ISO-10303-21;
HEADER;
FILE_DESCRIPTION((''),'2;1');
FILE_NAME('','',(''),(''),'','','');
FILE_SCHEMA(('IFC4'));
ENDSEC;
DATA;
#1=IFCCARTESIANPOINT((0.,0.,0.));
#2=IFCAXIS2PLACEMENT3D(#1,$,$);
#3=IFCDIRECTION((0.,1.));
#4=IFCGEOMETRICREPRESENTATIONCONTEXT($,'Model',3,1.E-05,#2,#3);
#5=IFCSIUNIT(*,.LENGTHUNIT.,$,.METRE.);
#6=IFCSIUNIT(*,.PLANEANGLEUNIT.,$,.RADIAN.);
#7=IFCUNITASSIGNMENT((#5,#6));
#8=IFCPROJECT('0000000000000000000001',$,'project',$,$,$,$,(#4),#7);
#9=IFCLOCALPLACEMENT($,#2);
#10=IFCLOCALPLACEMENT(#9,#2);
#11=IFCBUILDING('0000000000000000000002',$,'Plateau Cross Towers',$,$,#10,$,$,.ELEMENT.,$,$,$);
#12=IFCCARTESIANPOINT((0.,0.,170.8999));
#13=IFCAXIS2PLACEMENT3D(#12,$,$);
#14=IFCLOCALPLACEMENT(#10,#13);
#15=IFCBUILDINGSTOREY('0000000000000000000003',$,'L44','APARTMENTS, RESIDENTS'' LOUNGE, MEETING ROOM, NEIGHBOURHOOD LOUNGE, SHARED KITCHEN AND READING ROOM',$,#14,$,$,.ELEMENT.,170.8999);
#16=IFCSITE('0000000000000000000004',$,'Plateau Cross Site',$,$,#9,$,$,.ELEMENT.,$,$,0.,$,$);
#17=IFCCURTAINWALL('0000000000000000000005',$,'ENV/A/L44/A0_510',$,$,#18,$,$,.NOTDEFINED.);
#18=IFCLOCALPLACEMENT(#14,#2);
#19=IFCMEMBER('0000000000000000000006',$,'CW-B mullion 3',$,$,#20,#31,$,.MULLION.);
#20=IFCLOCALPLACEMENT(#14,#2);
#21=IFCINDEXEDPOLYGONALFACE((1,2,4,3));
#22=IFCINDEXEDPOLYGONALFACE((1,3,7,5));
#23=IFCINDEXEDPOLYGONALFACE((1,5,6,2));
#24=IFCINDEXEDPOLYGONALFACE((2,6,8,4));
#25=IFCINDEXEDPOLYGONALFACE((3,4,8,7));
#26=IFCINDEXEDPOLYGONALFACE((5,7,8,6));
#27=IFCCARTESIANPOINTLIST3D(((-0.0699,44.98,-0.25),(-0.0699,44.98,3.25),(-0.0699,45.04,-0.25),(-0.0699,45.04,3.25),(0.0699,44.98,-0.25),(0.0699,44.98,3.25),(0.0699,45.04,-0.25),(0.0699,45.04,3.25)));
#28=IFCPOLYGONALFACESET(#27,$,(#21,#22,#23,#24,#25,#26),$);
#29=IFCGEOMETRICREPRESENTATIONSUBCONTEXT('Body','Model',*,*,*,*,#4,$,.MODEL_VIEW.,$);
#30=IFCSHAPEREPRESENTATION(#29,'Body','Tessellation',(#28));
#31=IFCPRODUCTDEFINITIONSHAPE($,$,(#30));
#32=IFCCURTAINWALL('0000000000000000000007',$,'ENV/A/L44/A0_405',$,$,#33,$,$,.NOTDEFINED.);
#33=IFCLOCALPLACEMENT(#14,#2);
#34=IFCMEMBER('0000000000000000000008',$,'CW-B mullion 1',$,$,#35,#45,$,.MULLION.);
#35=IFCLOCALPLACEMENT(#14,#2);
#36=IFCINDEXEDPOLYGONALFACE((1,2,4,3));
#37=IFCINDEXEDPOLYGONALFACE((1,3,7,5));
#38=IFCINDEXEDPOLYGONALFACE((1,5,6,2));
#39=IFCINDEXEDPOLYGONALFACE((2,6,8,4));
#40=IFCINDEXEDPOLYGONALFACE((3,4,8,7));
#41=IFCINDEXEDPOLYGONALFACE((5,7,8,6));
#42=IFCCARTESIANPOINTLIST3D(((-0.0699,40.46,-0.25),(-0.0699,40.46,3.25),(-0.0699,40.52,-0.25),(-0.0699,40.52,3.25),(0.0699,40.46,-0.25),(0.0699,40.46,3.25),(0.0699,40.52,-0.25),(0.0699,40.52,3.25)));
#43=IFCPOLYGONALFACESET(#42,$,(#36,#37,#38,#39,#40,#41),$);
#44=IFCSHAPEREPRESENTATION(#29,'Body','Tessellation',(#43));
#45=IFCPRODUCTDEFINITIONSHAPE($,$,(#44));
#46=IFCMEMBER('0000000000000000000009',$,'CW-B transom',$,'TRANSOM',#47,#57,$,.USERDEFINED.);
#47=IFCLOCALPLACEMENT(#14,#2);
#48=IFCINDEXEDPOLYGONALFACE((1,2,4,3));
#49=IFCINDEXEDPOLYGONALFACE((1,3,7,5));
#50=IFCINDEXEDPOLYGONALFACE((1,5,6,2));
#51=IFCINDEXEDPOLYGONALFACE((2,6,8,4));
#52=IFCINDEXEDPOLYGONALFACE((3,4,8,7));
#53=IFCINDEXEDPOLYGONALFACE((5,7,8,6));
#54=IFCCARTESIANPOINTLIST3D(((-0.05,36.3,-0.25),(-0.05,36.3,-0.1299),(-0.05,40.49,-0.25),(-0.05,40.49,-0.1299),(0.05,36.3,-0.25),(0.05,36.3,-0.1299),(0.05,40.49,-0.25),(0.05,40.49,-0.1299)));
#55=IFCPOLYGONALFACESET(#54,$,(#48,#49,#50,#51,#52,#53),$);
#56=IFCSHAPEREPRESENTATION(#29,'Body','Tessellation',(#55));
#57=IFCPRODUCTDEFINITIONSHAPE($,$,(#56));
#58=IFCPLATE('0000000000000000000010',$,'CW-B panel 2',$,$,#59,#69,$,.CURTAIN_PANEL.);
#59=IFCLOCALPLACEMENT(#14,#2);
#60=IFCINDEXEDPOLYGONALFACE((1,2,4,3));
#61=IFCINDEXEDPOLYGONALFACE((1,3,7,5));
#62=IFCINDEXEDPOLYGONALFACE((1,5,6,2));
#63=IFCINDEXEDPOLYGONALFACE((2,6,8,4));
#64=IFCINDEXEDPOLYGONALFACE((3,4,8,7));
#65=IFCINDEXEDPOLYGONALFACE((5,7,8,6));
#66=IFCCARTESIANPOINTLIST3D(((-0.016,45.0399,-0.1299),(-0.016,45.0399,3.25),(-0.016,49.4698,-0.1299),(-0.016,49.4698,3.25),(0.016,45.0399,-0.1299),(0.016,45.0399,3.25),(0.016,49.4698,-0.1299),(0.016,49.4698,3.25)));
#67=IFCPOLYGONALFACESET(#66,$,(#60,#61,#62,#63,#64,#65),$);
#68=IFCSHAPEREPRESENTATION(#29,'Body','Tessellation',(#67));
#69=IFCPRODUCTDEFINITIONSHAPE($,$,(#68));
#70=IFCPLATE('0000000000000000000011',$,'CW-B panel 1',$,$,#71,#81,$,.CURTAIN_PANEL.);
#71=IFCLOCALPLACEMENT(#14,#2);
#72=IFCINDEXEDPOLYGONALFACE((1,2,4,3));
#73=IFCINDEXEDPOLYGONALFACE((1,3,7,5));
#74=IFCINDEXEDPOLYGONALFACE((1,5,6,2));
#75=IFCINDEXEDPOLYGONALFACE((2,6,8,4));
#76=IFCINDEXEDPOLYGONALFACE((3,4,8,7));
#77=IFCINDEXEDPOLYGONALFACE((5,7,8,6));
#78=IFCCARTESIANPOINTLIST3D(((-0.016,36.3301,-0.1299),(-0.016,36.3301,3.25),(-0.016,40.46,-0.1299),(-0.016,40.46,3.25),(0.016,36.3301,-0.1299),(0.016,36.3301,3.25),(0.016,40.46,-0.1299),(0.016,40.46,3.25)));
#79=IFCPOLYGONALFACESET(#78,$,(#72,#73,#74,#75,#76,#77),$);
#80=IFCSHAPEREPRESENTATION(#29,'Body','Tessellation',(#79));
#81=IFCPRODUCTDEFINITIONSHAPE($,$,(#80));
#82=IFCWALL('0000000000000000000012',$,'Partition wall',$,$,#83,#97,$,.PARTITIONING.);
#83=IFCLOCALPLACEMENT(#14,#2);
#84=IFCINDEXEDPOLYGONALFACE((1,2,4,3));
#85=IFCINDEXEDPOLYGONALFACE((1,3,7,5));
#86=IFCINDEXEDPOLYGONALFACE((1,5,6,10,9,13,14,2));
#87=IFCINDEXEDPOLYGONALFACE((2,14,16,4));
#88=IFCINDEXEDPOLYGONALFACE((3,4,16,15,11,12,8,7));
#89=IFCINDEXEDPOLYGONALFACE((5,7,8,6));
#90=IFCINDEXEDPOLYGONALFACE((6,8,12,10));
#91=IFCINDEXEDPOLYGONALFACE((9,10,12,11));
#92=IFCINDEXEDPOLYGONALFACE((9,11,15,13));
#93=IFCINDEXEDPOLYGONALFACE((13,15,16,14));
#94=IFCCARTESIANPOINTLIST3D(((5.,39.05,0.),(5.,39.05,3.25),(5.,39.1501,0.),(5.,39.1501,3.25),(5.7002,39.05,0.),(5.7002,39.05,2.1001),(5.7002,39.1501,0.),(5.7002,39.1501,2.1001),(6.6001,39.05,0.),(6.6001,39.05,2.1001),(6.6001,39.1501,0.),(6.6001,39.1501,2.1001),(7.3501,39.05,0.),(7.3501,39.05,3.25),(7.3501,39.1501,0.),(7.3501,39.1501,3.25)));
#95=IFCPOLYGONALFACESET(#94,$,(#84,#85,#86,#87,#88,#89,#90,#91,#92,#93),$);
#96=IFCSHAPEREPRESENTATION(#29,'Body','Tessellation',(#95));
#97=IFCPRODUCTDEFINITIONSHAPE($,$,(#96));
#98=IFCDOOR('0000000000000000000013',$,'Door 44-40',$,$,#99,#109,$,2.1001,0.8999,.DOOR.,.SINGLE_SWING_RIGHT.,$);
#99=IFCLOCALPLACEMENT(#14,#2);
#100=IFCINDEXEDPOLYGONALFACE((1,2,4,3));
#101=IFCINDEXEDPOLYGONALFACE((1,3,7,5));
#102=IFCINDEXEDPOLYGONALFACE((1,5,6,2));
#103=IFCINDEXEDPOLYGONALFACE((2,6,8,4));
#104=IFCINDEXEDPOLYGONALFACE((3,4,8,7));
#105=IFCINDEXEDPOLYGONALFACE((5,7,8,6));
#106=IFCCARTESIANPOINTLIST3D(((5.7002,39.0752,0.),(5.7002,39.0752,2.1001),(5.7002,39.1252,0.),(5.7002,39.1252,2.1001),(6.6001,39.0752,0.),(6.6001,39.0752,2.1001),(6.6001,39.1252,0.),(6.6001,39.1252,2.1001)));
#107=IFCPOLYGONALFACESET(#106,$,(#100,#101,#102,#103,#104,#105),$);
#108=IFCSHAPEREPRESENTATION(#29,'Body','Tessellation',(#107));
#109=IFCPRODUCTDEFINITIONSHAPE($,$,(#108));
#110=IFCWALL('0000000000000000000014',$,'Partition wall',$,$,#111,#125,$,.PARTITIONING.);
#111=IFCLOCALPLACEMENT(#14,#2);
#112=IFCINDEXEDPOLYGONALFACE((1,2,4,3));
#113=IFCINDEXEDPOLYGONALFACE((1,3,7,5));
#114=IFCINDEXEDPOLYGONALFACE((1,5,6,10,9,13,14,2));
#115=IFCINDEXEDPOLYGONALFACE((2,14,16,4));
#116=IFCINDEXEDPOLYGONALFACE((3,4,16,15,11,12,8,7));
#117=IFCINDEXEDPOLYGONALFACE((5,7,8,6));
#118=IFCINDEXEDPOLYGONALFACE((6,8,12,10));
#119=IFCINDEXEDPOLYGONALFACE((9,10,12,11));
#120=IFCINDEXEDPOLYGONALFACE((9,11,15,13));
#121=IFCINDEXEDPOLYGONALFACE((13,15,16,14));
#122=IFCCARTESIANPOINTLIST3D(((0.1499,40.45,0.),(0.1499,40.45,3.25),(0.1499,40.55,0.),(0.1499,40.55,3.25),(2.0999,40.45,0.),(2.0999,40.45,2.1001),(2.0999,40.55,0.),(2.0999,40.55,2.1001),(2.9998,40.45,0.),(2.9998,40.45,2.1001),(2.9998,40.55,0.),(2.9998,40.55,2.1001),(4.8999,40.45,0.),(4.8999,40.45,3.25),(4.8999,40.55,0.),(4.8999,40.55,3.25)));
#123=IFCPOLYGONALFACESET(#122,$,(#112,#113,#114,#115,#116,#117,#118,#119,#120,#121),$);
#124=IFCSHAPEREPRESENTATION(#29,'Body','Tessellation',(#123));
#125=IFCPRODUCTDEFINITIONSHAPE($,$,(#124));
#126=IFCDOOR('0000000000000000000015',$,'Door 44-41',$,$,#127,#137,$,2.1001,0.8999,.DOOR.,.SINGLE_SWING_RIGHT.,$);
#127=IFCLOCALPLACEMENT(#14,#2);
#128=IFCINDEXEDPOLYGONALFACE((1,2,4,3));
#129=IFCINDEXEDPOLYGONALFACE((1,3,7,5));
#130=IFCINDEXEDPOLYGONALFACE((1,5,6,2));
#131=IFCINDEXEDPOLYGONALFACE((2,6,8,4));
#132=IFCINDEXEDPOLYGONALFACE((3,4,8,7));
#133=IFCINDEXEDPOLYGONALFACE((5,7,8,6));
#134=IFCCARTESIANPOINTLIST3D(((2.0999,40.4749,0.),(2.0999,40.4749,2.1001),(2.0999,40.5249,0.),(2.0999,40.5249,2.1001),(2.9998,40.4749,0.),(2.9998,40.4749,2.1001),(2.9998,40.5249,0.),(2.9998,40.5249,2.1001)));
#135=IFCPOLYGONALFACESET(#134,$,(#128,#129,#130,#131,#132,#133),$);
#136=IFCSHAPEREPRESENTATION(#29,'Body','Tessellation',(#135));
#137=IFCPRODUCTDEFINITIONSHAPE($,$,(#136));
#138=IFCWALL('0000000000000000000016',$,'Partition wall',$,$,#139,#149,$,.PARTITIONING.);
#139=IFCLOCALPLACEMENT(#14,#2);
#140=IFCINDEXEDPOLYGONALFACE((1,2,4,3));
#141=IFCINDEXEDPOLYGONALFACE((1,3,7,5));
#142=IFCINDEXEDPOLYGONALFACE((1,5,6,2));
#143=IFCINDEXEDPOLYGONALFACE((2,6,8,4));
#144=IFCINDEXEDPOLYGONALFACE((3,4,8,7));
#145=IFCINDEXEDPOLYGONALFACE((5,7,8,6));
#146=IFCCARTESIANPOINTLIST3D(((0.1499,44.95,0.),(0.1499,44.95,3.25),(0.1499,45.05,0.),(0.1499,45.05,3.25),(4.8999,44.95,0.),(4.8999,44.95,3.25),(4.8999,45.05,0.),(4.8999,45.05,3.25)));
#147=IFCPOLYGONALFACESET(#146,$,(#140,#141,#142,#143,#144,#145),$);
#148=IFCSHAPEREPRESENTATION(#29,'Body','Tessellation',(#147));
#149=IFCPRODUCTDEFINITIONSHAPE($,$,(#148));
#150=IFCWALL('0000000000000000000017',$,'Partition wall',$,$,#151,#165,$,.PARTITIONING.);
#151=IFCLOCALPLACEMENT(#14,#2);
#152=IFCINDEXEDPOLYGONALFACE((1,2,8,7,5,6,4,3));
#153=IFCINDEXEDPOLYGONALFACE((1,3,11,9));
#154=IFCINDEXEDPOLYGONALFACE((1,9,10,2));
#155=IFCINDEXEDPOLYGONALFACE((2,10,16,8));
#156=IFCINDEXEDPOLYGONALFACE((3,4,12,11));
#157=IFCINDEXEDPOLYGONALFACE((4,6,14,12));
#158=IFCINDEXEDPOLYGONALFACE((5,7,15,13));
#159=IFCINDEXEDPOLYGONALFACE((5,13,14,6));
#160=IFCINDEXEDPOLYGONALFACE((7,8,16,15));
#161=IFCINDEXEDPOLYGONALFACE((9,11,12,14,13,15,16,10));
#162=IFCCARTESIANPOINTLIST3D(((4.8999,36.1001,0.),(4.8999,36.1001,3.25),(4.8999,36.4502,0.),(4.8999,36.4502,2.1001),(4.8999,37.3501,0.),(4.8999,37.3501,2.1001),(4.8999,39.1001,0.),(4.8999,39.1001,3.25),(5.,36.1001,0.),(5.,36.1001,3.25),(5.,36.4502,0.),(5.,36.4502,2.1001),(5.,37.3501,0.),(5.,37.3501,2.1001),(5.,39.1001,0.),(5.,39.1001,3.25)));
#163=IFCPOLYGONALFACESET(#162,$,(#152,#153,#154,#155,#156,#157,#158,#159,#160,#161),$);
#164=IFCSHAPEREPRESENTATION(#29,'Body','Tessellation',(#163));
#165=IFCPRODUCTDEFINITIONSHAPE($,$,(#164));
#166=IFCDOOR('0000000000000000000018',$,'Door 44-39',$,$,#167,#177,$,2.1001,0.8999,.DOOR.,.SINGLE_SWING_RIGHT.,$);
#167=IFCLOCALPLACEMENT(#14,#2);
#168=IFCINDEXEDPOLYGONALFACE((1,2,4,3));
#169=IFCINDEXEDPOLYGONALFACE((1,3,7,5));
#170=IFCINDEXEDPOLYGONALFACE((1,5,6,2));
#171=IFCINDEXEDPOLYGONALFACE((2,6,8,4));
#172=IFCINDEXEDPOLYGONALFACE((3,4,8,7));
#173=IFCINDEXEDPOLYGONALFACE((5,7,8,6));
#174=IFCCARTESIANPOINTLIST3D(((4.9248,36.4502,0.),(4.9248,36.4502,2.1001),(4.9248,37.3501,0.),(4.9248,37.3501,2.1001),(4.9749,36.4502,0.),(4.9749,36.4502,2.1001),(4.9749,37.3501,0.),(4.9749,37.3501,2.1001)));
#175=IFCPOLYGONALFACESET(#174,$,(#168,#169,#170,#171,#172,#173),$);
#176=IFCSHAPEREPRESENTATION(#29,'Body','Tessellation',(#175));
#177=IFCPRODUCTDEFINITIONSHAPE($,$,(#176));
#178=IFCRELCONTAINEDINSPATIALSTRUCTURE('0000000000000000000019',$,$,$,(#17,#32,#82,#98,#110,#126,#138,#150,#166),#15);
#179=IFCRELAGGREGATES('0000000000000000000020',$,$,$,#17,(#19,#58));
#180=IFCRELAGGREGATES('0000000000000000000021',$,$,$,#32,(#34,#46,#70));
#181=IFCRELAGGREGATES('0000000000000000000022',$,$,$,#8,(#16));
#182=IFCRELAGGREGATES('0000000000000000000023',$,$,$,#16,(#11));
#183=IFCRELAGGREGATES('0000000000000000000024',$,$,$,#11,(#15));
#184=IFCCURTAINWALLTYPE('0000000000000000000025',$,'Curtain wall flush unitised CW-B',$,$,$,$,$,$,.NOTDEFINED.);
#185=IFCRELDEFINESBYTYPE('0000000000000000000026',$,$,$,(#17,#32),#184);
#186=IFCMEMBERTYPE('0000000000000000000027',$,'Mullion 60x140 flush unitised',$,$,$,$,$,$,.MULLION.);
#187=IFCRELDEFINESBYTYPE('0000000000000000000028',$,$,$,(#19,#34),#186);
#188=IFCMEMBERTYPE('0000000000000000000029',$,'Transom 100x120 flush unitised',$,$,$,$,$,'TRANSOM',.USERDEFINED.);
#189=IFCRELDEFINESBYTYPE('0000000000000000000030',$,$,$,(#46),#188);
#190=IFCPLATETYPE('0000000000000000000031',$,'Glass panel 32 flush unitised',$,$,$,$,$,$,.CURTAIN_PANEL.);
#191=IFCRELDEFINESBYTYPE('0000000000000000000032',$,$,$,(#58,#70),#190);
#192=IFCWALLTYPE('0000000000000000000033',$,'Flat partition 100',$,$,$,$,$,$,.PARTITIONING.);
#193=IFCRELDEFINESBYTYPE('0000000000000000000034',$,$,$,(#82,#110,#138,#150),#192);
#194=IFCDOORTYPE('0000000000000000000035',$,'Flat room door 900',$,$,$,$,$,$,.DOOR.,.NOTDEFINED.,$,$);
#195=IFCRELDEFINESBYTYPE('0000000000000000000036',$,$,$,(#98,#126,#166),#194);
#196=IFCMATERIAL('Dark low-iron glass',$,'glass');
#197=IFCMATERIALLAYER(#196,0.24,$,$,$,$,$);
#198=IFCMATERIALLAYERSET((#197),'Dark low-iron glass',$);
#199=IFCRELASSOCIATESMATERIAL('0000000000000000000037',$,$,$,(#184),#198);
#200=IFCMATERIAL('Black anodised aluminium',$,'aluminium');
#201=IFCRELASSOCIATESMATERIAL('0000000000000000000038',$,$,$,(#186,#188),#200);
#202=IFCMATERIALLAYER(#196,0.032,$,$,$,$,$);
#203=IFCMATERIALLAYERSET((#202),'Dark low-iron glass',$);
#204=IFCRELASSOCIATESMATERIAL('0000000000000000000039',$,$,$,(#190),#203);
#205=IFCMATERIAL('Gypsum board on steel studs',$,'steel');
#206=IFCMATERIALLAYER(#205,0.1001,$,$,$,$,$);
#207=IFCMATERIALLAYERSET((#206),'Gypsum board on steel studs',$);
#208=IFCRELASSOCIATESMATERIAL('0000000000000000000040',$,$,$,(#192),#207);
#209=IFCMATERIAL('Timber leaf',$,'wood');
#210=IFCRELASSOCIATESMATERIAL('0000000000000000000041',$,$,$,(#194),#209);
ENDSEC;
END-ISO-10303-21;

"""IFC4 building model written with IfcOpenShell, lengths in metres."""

from ifc_helpers import new_model, si_unit, direction, frame, frame_2d, origin, origin_2d, place, context, subcontext, project, spatial, rectangle, extrude, material, layer, layer_set, material_profile, profile_set, type_object, element, fill, aggregate, save


model = new_model("IFC4")

# Units and contexts
model_context = context("Model", 3, precision=1e-05, world=origin(), true_north=direction((0.0, 1.0)))
body_context = subcontext(model_context, "Body", "Model", "MODEL_VIEW")
ifc_project = project(units=[si_unit("LENGTHUNIT", "METRE"), si_unit("PLANEANGLEUNIT", "RADIAN")], contexts=[model_context])

# Site, building, storey
site_placement = place(None, origin())
site = spatial("IfcSite", under=ifc_project, at=site_placement, Name="Plateau Cross Site", CompositionType="ELEMENT", RefElevation=0.0)
building_placement = place(site_placement, origin())
building = spatial("IfcBuilding", under=site, at=building_placement, Name="Plateau Cross Towers", CompositionType="ELEMENT")
storey_placement = place(building_placement, frame((0.0, 0.0, 170.8999)))
storey = spatial("IfcBuildingStorey", under=building, at=storey_placement, Name="L44", Description="APARTMENTS, RESIDENTS' LOUNGE, MEETING ROOM, NEIGHBOURHOOD LOUNGE, SHARED KITCHEN AND READING ROOM", CompositionType="ELEMENT", Elevation=170.8999)

# Curtain wall, member
ifc_material_1 = material(Name="Dark low-iron glass", Category="glass")
ifc_layer_1 = layer(ifc_material_1, 0.24)
ifc_layer_set_1 = layer_set([ifc_layer_1], Name="Dark low-iron glass")
curtain_wall_type = type_object("IfcCurtainWallType", Name="Curtain wall flush unitised CW-B", PredefinedType="NOTDEFINED", material=ifc_layer_set_1)
curtain_wall_1_placement = place(storey_placement, origin())
curtain_wall_1 = element("IfcCurtainWall", 1, at=curtain_wall_1_placement, inside=storey, type_object=curtain_wall_type, Name="ENV/A/L44/A0_510", PredefinedType="NOTDEFINED")
ifc_material_2 = material(Name="Black anodised aluminium", Category="aluminium")
ifc_material_profile_1 = material_profile(ifc_material_2, rectangle(XDim=0.0601, YDim=0.1399, at=origin_2d()), Name="MULLION 60x140")
ifc_profile_set_1 = profile_set([ifc_material_profile_1], Name="Black anodised aluminium")
member_type_1 = type_object("IfcMemberType", Name="Mullion 60x140 flush unitised", PredefinedType="MULLION", material=ifc_profile_set_1)
member_1_placement = place(storey_placement, frame((0.0, 45.01, -0.25), z_axis=(0.0, 0.0, 1.0), x_axis=(0.0, -1.0, 0.0)))
member_1 = element("IfcMember", 2, at=member_1_placement, type_object=member_type_1, Name="CW-B mullion 3", PredefinedType="MULLION", context=body_context, shape_type="SweptSolid", body=[
    extrude(rectangle(XDim=0.0601, YDim=0.1399, at=origin_2d()), origin(), (0.0, 0.0, 1.0), 3.5),
])

# Curtain wall, members
curtain_wall_2_placement = place(storey_placement, origin())
curtain_wall_2 = element("IfcCurtainWall", 3, at=curtain_wall_2_placement, inside=storey, type_object=curtain_wall_type, Name="ENV/A/L44/A0_405", PredefinedType="NOTDEFINED")
member_2_placement = place(storey_placement, frame((0.0, 40.49, -0.25), z_axis=(0.0, 0.0, 1.0), x_axis=(0.0, -1.0, 0.0)))
member_2 = element("IfcMember", 4, at=member_2_placement, type_object=member_type_1, Name="CW-B mullion 1", PredefinedType="MULLION", context=body_context, shape_type="SweptSolid", body=[
    extrude(rectangle(XDim=0.0601, YDim=0.1399, at=origin_2d()), origin(), (0.0, 0.0, 1.0), 3.5),
])
ifc_material_profile_2 = material_profile(ifc_material_2, rectangle(XDim=0.1001, YDim=0.1201, at=origin_2d()), Name="TRANSOM 100x120")
ifc_profile_set_2 = profile_set([ifc_material_profile_2], Name="Black anodised aluminium")
member_type_2 = type_object("IfcMemberType", Name="Transom 100x120 flush unitised", ElementType="TRANSOM", PredefinedType="USERDEFINED", material=ifc_profile_set_2)
member_3_placement = place(storey_placement, frame((0.0, 40.49, -0.1899), z_axis=(0.0, -1.0, 0.0), x_axis=(1.0, 0.0, 0.0)))
member_3 = element("IfcMember", 5, at=member_3_placement, type_object=member_type_2, Name="CW-B transom", ObjectType="TRANSOM", PredefinedType="USERDEFINED", context=body_context, shape_type="SweptSolid", body=[
    extrude(rectangle(XDim=0.1001, YDim=0.1201, at=origin_2d()), origin(), (0.0, 0.0, 1.0), 4.1899),
])

# Plates
ifc_layer_2 = layer(ifc_material_1, 0.032)
ifc_layer_set_2 = layer_set([ifc_layer_2], Name="Dark low-iron glass")
plate_type = type_object("IfcPlateType", Name="Glass panel 32 flush unitised", PredefinedType="CURTAIN_PANEL", material=ifc_layer_set_2)
plate_1_placement = place(storey_placement, frame((0.0, 47.2549, -0.1299), z_axis=(0.0, 0.0, 1.0), x_axis=(0.0, -1.0, 0.0)))
plate_1 = element("IfcPlate", 6, at=plate_1_placement, type_object=plate_type, Name="CW-B panel 2", PredefinedType="CURTAIN_PANEL", context=body_context, shape_type="SweptSolid", body=[
    extrude(rectangle(XDim=4.4299, YDim=0.032, at=origin_2d()), origin(), (0.0, 0.0, 1.0), 3.3799),
])
aggregate(curtain_wall_1, [member_1, plate_1])
plate_2_placement = place(storey_placement, frame((0.0, 38.395, -0.1299), z_axis=(0.0, 0.0, 1.0), x_axis=(0.0, -1.0, 0.0)))
plate_2 = element("IfcPlate", 7, at=plate_2_placement, type_object=plate_type, Name="CW-B panel 1", PredefinedType="CURTAIN_PANEL", context=body_context, shape_type="SweptSolid", body=[
    extrude(rectangle(XDim=4.1299, YDim=0.032, at=origin_2d()), origin(), (0.0, 0.0, 1.0), 3.3799),
])
aggregate(curtain_wall_2, [member_2, member_3, plate_2])

# Walls, openings, doors
ifc_material_3 = material(Name="Gypsum board on steel studs", Category="steel")
ifc_layer_3 = layer(ifc_material_3, 0.1001)
ifc_layer_set_3 = layer_set([ifc_layer_3], Name="Gypsum board on steel studs")
wall_type_1 = type_object("IfcWallType", Name="Flat partition 100", PredefinedType="PARTITIONING", material=ifc_layer_set_3)
wall_1_placement = place(storey_placement, frame((7.3501, 39.1001, 0.0), z_axis=(0.0, 0.0, 1.0), x_axis=(-1.0, 0.0, 0.0)))
wall_1 = element("IfcWall", 8, at=wall_1_placement, inside=storey, type_object=wall_type_1, Name="Partition wall", PredefinedType="PARTITIONING", context=body_context, shape_type="SweptSolid", body=[
    extrude(rectangle(XDim=2.3501, YDim=0.1001, at=frame_2d((1.175, 0.0))), origin(), (0.0, 0.0, 1.0), 3.25),
])
opening_1_placement = place(wall_1_placement, frame((0.75, 0.0, 0.0)))
opening_1 = element("IfcOpeningElement", 9, at=opening_1_placement, cuts=wall_1, PredefinedType="OPENING", context=body_context, shape_type="SweptSolid", body=[
    extrude(rectangle(XDim=0.8999, YDim=2.1001, at=frame_2d((0.45, 1.05))), frame((0.0, 0.0601, 0.0), z_axis=(0.0, -1.0, 0.0), x_axis=(1.0, 0.0, 0.0)), (0.0, 0.0, 1.0), 0.1201),
])
ifc_material_4 = material(Name="Timber leaf", Category="wood")
door_type_1 = type_object("IfcDoorType", Name="Flat room door 900", OperationType="NOTDEFINED", PredefinedType="DOOR", material=ifc_material_4)
door_1_placement = place(opening_1_placement, origin())
door_1 = element("IfcDoor", 10, at=door_1_placement, inside=storey, type_object=door_type_1, Name="Door 44-40", OperationType="SINGLE_SWING_RIGHT", OverallHeight=2.1001, OverallWidth=0.8999, PredefinedType="DOOR", context=body_context, shape_type="SweptSolid", body=[
    extrude(rectangle(XDim=0.8999, YDim=2.1001, at=frame_2d((0.45, 1.05))), frame((0.0, 0.0249, 0.0), z_axis=(0.0, -1.0, 0.0), x_axis=(1.0, 0.0, 0.0)), (0.0, 0.0, 1.0), 0.05),
])
fill(opening_1, door_1)
wall_2_placement = place(storey_placement, frame((0.1499, 40.5, 0.0), z_axis=(0.0, 0.0, 1.0), x_axis=(1.0, 0.0, 0.0)))
wall_2 = element("IfcWall", 11, at=wall_2_placement, inside=storey, type_object=wall_type_1, Name="Partition wall", PredefinedType="PARTITIONING", context=body_context, shape_type="SweptSolid", body=[
    extrude(rectangle(XDim=4.75, YDim=0.1001, at=frame_2d((2.375, 0.0))), origin(), (0.0, 0.0, 1.0), 3.25),
])
opening_2_placement = place(wall_2_placement, frame((1.95, 0.0, 0.0)))
opening_2 = element("IfcOpeningElement", 12, at=opening_2_placement, cuts=wall_2, PredefinedType="OPENING", context=body_context, shape_type="SweptSolid", body=[
    extrude(rectangle(XDim=0.8999, YDim=2.1001, at=frame_2d((0.45, 1.05))), frame((0.0, 0.0601, 0.0), z_axis=(0.0, -1.0, 0.0), x_axis=(1.0, 0.0, 0.0)), (0.0, 0.0, 1.0), 0.1201),
])
door_2_placement = place(opening_2_placement, origin())
door_2 = element("IfcDoor", 13, at=door_2_placement, inside=storey, type_object=door_type_1, Name="Door 44-41", OperationType="SINGLE_SWING_RIGHT", OverallHeight=2.1001, OverallWidth=0.8999, PredefinedType="DOOR", context=body_context, shape_type="SweptSolid", body=[
    extrude(rectangle(XDim=0.8999, YDim=2.1001, at=frame_2d((0.45, 1.05))), frame((0.0, 0.0249, 0.0), z_axis=(0.0, -1.0, 0.0), x_axis=(1.0, 0.0, 0.0)), (0.0, 0.0, 1.0), 0.05),
])
fill(opening_2, door_2)

# Wall
wall_3_placement = place(storey_placement, frame((4.8999, 45.0, 0.0), z_axis=(0.0, 0.0, 1.0), x_axis=(-1.0, 0.0, 0.0)))
element("IfcWall", 14, at=wall_3_placement, inside=storey, type_object=wall_type_1, Name="Partition wall", PredefinedType="PARTITIONING", context=body_context, shape_type="SweptSolid", body=[
    extrude(rectangle(XDim=4.75, YDim=0.1001, at=frame_2d((2.375, 0.0))), origin(), (0.0, 0.0, 1.0), 3.25),
])

# Wall, opening, door
wall_4_placement = place(storey_placement, frame((4.95, 39.1001, 0.0), z_axis=(0.0, 0.0, 1.0), x_axis=(0.0, -1.0, 0.0)))
wall_4 = element("IfcWall", 15, at=wall_4_placement, inside=storey, type_object=wall_type_1, Name="Partition wall", PredefinedType="PARTITIONING", context=body_context, shape_type="SweptSolid", body=[
    extrude(rectangle(XDim=3.0, YDim=0.1001, at=frame_2d((1.5, 0.0))), origin(), (0.0, 0.0, 1.0), 3.25),
])
opening_3_placement = place(wall_4_placement, frame((1.75, 0.0, 0.0)))
opening_3 = element("IfcOpeningElement", 16, at=opening_3_placement, cuts=wall_4, PredefinedType="OPENING", context=body_context, shape_type="SweptSolid", body=[
    extrude(rectangle(XDim=0.8999, YDim=2.1001, at=frame_2d((0.45, 1.05))), frame((0.0, 0.0601, 0.0), z_axis=(0.0, -1.0, 0.0), x_axis=(1.0, 0.0, 0.0)), (0.0, 0.0, 1.0), 0.1201),
])
door_3_placement = place(opening_3_placement, origin())
door_3 = element("IfcDoor", 17, at=door_3_placement, inside=storey, type_object=door_type_1, Name="Door 44-39", OperationType="SINGLE_SWING_RIGHT", OverallHeight=2.1001, OverallWidth=0.8999, PredefinedType="DOOR", context=body_context, shape_type="SweptSolid", body=[
    extrude(rectangle(XDim=0.8999, YDim=2.1001, at=frame_2d((0.45, 1.05))), frame((0.0, 0.0249, 0.0), z_axis=(0.0, -1.0, 0.0), x_axis=(1.0, 0.0, 0.0)), (0.0, 0.0, 1.0), 0.05),
])
fill(opening_3, door_3)

save(model, "model.ifc")
